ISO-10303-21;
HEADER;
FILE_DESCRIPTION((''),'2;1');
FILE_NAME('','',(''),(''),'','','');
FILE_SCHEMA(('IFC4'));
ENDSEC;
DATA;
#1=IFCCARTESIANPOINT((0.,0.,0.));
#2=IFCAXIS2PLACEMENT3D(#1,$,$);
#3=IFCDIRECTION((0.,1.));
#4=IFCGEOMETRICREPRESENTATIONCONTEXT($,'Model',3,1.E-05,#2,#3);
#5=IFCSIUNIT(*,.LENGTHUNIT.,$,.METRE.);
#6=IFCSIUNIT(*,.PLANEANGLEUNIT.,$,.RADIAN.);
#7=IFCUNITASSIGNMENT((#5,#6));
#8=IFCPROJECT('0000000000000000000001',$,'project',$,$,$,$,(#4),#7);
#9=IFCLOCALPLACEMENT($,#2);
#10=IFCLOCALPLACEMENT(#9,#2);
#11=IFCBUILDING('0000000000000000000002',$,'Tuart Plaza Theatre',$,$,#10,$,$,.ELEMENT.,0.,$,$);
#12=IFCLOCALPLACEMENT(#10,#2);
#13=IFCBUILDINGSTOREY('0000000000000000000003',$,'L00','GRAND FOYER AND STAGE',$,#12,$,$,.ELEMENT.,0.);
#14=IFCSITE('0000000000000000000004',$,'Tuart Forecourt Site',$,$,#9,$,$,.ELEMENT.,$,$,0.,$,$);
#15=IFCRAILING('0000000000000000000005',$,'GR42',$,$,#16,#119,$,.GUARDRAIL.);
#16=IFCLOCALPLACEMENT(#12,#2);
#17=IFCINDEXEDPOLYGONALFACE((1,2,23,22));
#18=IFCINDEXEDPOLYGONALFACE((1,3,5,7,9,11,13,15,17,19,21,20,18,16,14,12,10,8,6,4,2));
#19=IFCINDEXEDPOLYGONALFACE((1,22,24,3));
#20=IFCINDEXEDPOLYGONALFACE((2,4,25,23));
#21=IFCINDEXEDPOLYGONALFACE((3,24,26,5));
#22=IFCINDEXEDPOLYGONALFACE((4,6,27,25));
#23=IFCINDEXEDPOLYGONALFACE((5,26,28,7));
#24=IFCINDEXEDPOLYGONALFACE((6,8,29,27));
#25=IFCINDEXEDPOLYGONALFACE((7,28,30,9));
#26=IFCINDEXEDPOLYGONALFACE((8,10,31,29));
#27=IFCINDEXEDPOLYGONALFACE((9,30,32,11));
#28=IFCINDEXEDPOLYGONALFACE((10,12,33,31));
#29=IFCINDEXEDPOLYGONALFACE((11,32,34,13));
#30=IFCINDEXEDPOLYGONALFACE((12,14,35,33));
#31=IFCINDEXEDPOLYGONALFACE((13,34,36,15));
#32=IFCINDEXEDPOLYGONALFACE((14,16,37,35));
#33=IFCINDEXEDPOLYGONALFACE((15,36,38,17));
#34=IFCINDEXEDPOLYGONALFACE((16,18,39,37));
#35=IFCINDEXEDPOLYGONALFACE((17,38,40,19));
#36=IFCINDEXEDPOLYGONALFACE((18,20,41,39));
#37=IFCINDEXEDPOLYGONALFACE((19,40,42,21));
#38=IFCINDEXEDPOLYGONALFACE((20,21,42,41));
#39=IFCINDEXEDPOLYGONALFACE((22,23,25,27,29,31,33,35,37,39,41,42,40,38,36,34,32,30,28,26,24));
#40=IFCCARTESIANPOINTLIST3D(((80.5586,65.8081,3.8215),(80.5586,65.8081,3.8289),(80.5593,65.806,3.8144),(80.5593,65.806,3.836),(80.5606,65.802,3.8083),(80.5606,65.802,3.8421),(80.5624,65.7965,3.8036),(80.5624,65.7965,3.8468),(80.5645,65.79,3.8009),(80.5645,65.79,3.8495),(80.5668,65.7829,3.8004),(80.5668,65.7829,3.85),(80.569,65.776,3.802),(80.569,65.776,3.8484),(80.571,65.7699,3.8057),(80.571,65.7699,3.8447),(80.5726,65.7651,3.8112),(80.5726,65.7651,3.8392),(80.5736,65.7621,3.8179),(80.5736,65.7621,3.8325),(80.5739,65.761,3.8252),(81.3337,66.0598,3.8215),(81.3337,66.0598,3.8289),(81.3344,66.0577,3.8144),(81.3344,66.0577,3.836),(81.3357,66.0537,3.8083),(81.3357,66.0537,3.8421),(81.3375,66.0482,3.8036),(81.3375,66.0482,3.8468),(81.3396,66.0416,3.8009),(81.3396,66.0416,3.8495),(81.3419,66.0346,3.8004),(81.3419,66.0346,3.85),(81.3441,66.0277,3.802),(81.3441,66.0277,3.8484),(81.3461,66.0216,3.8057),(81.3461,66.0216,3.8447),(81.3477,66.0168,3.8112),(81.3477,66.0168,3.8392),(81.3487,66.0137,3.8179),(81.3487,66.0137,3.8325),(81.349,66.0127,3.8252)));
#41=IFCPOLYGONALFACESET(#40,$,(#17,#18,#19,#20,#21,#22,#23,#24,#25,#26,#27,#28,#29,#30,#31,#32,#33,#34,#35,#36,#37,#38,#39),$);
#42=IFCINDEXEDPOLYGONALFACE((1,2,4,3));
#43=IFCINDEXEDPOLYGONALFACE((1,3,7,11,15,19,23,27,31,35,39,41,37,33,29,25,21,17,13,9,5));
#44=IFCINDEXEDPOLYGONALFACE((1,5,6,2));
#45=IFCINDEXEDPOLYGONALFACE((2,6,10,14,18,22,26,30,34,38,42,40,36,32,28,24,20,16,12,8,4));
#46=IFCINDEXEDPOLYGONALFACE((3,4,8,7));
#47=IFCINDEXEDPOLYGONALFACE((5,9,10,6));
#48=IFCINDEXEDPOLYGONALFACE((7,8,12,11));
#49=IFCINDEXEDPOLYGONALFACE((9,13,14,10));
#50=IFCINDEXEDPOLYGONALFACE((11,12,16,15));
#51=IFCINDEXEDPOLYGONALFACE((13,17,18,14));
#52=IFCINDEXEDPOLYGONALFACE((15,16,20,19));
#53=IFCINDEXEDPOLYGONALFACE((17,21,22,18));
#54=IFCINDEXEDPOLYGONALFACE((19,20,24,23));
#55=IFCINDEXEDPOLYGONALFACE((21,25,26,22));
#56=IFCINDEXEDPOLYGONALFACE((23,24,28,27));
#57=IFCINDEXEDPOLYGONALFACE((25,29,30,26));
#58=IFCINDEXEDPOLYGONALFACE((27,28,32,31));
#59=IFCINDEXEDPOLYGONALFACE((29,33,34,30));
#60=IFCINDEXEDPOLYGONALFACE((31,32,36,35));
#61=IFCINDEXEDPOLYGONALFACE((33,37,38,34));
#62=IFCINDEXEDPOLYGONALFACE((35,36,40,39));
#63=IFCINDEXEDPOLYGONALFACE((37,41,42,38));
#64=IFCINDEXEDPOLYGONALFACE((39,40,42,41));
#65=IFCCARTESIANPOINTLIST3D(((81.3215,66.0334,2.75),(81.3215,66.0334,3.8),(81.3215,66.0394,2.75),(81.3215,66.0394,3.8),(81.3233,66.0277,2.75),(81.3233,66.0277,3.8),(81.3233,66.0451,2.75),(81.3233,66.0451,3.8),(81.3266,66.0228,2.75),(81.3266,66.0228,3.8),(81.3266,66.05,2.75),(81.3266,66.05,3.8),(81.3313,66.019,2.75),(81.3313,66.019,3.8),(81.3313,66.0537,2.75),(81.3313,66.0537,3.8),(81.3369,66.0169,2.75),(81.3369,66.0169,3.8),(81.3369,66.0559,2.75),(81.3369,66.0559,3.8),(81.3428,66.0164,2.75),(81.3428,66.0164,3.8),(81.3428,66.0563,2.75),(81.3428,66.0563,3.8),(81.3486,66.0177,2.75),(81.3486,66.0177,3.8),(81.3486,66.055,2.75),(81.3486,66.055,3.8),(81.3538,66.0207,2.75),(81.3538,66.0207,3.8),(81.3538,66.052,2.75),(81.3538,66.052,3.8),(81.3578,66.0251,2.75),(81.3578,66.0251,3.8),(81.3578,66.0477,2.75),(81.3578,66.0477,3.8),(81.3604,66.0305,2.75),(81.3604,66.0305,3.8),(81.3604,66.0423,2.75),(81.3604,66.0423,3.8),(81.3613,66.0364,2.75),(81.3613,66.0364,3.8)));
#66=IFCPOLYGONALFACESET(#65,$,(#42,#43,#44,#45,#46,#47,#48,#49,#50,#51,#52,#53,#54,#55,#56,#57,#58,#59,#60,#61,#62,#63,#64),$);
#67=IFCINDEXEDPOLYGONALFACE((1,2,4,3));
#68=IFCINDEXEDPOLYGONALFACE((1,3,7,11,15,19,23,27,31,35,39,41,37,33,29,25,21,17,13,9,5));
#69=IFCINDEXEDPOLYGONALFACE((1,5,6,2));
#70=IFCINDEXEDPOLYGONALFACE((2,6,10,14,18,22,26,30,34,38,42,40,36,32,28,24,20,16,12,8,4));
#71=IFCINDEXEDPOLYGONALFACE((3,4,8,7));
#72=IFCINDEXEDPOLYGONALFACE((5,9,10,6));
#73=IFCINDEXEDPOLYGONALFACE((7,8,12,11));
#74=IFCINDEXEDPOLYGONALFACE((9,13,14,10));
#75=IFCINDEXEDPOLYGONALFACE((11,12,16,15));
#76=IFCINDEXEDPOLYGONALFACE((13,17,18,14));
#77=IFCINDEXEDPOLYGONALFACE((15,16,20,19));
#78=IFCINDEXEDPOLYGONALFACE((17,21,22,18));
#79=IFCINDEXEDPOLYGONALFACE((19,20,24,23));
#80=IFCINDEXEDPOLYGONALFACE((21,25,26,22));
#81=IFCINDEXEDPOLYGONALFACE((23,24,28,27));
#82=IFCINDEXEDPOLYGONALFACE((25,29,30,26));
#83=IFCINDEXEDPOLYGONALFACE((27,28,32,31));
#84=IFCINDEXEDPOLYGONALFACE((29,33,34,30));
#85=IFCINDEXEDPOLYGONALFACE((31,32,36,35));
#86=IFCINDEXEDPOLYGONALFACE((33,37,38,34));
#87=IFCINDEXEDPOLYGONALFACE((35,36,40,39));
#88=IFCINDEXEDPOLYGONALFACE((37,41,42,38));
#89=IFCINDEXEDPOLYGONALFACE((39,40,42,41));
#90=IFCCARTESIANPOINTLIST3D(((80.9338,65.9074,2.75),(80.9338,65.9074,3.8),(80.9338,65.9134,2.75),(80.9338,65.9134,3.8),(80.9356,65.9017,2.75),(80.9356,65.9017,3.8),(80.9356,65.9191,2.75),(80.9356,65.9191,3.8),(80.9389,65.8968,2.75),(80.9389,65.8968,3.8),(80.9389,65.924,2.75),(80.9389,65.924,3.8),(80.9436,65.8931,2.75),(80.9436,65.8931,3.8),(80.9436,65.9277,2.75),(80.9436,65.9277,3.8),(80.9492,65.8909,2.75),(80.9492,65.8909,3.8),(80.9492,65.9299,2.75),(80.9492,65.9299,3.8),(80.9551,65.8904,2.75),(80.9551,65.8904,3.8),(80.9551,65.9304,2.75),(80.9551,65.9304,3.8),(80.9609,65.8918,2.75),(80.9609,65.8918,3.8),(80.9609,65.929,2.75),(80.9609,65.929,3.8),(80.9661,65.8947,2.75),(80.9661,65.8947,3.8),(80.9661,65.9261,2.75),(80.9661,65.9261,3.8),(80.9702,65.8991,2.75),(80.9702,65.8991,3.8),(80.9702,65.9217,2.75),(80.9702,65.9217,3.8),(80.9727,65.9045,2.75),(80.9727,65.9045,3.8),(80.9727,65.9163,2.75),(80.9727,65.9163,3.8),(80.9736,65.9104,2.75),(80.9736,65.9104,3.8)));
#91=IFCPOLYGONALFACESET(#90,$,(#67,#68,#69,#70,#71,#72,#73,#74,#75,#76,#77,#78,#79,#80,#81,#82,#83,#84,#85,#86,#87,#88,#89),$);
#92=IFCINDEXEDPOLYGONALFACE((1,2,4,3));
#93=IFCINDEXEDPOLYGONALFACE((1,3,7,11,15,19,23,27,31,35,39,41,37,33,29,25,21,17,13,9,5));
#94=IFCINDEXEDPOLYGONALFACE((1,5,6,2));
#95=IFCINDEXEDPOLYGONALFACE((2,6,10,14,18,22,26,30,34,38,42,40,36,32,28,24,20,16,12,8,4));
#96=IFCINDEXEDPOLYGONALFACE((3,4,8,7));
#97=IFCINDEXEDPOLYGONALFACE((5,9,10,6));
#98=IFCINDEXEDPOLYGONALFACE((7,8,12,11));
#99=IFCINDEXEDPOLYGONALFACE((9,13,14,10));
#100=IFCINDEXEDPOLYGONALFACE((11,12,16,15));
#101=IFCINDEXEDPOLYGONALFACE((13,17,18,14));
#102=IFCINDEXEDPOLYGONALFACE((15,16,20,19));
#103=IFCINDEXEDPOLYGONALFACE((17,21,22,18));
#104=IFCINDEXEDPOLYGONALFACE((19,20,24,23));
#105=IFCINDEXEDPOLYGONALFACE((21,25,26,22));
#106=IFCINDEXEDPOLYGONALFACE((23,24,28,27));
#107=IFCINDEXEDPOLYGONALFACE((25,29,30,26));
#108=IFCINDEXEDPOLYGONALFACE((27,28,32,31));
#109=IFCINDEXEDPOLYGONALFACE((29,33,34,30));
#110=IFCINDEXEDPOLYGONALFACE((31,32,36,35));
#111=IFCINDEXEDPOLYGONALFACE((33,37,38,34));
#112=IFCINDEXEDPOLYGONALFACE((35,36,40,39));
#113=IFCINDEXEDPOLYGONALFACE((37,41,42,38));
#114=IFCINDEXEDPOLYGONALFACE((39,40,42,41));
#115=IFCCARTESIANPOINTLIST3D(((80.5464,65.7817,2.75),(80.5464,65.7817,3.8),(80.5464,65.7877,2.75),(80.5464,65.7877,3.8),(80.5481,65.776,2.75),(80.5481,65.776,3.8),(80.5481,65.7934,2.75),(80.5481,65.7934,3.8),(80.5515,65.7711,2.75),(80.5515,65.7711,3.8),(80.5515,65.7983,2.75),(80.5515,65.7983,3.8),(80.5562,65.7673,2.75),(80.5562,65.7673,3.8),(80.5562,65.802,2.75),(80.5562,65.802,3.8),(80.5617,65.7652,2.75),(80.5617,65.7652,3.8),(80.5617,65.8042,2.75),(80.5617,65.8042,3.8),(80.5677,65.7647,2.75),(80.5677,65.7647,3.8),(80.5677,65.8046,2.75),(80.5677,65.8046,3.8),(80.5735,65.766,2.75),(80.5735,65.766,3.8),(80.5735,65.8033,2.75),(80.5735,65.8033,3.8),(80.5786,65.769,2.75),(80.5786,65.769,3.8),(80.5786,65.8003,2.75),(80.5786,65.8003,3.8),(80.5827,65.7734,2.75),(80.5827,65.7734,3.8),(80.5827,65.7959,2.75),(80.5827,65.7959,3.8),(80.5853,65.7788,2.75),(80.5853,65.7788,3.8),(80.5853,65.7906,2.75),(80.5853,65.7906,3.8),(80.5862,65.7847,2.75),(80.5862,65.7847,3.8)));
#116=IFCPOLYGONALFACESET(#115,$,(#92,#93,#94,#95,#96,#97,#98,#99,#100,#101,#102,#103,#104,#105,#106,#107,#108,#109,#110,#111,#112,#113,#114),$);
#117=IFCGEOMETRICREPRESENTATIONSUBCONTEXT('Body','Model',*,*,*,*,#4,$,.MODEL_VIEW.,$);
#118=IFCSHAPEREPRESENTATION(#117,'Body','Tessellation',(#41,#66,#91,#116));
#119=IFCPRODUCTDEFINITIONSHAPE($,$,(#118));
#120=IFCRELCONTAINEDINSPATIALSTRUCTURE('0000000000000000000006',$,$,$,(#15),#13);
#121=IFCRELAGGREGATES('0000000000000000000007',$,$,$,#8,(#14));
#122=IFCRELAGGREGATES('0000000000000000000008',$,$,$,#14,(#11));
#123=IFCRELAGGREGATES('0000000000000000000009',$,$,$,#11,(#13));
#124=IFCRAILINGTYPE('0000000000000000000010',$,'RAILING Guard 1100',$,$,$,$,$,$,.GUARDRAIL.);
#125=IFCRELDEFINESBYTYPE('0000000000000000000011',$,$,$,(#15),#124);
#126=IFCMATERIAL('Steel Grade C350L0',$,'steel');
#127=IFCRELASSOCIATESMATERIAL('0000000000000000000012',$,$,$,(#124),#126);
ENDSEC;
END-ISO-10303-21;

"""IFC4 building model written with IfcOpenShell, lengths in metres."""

from ifc_helpers import new_model, si_unit, direction, frame, origin, origin_2d, place, context, subcontext, project, spatial, circle, extrude, material, type_object, element, save


model = new_model("IFC4")

# Units and contexts
model_context = context("Model", 3, precision=1e-05, world=origin(), true_north=direction((0.0, 1.0)))
body_context = subcontext(model_context, "Body", "Model", "MODEL_VIEW")
ifc_project = project(units=[si_unit("LENGTHUNIT", "METRE"), si_unit("PLANEANGLEUNIT", "RADIAN")], contexts=[model_context])

# Site, building, storey
site_placement = place(None, origin())
site = spatial("IfcSite", under=ifc_project, at=site_placement, Name="Tuart Forecourt Site", CompositionType="ELEMENT", RefElevation=0.0)
building_placement = place(site_placement, origin())
building = spatial("IfcBuilding", under=site, at=building_placement, Name="Tuart Plaza Theatre", CompositionType="ELEMENT", ElevationOfRefHeight=0.0)
storey_placement = place(building_placement, origin())
storey = spatial("IfcBuildingStorey", under=building, at=storey_placement, Name="L00", Description="GRAND FOYER AND STAGE", CompositionType="ELEMENT", Elevation=0.0)

# Railing
ifc_material_1 = material(Name="Steel Grade C350L0", Category="steel")
railing_type_1 = type_object("IfcRailingType", Name="RAILING Guard 1100", PredefinedType="GUARDRAIL", material=ifc_material_1)
railing_1_placement = place(storey_placement, frame((81.3413, 66.0364, 2.75)))
element("IfcRailing", 1, at=railing_1_placement, inside=storey, type_object=railing_type_1, Name="GR42", PredefinedType="GUARDRAIL", context=body_context, shape_type="SweptSolid", body=[
    extrude(circle(Radius=0.0249, at=origin_2d()), frame((0.0, 0.0, 1.0752), z_axis=(-0.951111, -0.308849, 0.0), x_axis=(0.308849, -0.951111, 0.0)), (0.0, 0.0, 1.0), 0.8149),
    extrude(circle(Radius=0.02, at=origin_2d()), origin(), (0.0, 0.0, 1.0), 1.05),
    extrude(circle(Radius=0.02, at=origin_2d()), frame((-0.3877, -0.126, 0.0)), (0.0, 0.0, 1.0), 1.05),
    extrude(circle(Radius=0.02, at=origin_2d()), frame((-0.7751, -0.2517, 0.0)), (0.0, 0.0, 1.0), 1.05),
])

save(model, "model.ifc")
